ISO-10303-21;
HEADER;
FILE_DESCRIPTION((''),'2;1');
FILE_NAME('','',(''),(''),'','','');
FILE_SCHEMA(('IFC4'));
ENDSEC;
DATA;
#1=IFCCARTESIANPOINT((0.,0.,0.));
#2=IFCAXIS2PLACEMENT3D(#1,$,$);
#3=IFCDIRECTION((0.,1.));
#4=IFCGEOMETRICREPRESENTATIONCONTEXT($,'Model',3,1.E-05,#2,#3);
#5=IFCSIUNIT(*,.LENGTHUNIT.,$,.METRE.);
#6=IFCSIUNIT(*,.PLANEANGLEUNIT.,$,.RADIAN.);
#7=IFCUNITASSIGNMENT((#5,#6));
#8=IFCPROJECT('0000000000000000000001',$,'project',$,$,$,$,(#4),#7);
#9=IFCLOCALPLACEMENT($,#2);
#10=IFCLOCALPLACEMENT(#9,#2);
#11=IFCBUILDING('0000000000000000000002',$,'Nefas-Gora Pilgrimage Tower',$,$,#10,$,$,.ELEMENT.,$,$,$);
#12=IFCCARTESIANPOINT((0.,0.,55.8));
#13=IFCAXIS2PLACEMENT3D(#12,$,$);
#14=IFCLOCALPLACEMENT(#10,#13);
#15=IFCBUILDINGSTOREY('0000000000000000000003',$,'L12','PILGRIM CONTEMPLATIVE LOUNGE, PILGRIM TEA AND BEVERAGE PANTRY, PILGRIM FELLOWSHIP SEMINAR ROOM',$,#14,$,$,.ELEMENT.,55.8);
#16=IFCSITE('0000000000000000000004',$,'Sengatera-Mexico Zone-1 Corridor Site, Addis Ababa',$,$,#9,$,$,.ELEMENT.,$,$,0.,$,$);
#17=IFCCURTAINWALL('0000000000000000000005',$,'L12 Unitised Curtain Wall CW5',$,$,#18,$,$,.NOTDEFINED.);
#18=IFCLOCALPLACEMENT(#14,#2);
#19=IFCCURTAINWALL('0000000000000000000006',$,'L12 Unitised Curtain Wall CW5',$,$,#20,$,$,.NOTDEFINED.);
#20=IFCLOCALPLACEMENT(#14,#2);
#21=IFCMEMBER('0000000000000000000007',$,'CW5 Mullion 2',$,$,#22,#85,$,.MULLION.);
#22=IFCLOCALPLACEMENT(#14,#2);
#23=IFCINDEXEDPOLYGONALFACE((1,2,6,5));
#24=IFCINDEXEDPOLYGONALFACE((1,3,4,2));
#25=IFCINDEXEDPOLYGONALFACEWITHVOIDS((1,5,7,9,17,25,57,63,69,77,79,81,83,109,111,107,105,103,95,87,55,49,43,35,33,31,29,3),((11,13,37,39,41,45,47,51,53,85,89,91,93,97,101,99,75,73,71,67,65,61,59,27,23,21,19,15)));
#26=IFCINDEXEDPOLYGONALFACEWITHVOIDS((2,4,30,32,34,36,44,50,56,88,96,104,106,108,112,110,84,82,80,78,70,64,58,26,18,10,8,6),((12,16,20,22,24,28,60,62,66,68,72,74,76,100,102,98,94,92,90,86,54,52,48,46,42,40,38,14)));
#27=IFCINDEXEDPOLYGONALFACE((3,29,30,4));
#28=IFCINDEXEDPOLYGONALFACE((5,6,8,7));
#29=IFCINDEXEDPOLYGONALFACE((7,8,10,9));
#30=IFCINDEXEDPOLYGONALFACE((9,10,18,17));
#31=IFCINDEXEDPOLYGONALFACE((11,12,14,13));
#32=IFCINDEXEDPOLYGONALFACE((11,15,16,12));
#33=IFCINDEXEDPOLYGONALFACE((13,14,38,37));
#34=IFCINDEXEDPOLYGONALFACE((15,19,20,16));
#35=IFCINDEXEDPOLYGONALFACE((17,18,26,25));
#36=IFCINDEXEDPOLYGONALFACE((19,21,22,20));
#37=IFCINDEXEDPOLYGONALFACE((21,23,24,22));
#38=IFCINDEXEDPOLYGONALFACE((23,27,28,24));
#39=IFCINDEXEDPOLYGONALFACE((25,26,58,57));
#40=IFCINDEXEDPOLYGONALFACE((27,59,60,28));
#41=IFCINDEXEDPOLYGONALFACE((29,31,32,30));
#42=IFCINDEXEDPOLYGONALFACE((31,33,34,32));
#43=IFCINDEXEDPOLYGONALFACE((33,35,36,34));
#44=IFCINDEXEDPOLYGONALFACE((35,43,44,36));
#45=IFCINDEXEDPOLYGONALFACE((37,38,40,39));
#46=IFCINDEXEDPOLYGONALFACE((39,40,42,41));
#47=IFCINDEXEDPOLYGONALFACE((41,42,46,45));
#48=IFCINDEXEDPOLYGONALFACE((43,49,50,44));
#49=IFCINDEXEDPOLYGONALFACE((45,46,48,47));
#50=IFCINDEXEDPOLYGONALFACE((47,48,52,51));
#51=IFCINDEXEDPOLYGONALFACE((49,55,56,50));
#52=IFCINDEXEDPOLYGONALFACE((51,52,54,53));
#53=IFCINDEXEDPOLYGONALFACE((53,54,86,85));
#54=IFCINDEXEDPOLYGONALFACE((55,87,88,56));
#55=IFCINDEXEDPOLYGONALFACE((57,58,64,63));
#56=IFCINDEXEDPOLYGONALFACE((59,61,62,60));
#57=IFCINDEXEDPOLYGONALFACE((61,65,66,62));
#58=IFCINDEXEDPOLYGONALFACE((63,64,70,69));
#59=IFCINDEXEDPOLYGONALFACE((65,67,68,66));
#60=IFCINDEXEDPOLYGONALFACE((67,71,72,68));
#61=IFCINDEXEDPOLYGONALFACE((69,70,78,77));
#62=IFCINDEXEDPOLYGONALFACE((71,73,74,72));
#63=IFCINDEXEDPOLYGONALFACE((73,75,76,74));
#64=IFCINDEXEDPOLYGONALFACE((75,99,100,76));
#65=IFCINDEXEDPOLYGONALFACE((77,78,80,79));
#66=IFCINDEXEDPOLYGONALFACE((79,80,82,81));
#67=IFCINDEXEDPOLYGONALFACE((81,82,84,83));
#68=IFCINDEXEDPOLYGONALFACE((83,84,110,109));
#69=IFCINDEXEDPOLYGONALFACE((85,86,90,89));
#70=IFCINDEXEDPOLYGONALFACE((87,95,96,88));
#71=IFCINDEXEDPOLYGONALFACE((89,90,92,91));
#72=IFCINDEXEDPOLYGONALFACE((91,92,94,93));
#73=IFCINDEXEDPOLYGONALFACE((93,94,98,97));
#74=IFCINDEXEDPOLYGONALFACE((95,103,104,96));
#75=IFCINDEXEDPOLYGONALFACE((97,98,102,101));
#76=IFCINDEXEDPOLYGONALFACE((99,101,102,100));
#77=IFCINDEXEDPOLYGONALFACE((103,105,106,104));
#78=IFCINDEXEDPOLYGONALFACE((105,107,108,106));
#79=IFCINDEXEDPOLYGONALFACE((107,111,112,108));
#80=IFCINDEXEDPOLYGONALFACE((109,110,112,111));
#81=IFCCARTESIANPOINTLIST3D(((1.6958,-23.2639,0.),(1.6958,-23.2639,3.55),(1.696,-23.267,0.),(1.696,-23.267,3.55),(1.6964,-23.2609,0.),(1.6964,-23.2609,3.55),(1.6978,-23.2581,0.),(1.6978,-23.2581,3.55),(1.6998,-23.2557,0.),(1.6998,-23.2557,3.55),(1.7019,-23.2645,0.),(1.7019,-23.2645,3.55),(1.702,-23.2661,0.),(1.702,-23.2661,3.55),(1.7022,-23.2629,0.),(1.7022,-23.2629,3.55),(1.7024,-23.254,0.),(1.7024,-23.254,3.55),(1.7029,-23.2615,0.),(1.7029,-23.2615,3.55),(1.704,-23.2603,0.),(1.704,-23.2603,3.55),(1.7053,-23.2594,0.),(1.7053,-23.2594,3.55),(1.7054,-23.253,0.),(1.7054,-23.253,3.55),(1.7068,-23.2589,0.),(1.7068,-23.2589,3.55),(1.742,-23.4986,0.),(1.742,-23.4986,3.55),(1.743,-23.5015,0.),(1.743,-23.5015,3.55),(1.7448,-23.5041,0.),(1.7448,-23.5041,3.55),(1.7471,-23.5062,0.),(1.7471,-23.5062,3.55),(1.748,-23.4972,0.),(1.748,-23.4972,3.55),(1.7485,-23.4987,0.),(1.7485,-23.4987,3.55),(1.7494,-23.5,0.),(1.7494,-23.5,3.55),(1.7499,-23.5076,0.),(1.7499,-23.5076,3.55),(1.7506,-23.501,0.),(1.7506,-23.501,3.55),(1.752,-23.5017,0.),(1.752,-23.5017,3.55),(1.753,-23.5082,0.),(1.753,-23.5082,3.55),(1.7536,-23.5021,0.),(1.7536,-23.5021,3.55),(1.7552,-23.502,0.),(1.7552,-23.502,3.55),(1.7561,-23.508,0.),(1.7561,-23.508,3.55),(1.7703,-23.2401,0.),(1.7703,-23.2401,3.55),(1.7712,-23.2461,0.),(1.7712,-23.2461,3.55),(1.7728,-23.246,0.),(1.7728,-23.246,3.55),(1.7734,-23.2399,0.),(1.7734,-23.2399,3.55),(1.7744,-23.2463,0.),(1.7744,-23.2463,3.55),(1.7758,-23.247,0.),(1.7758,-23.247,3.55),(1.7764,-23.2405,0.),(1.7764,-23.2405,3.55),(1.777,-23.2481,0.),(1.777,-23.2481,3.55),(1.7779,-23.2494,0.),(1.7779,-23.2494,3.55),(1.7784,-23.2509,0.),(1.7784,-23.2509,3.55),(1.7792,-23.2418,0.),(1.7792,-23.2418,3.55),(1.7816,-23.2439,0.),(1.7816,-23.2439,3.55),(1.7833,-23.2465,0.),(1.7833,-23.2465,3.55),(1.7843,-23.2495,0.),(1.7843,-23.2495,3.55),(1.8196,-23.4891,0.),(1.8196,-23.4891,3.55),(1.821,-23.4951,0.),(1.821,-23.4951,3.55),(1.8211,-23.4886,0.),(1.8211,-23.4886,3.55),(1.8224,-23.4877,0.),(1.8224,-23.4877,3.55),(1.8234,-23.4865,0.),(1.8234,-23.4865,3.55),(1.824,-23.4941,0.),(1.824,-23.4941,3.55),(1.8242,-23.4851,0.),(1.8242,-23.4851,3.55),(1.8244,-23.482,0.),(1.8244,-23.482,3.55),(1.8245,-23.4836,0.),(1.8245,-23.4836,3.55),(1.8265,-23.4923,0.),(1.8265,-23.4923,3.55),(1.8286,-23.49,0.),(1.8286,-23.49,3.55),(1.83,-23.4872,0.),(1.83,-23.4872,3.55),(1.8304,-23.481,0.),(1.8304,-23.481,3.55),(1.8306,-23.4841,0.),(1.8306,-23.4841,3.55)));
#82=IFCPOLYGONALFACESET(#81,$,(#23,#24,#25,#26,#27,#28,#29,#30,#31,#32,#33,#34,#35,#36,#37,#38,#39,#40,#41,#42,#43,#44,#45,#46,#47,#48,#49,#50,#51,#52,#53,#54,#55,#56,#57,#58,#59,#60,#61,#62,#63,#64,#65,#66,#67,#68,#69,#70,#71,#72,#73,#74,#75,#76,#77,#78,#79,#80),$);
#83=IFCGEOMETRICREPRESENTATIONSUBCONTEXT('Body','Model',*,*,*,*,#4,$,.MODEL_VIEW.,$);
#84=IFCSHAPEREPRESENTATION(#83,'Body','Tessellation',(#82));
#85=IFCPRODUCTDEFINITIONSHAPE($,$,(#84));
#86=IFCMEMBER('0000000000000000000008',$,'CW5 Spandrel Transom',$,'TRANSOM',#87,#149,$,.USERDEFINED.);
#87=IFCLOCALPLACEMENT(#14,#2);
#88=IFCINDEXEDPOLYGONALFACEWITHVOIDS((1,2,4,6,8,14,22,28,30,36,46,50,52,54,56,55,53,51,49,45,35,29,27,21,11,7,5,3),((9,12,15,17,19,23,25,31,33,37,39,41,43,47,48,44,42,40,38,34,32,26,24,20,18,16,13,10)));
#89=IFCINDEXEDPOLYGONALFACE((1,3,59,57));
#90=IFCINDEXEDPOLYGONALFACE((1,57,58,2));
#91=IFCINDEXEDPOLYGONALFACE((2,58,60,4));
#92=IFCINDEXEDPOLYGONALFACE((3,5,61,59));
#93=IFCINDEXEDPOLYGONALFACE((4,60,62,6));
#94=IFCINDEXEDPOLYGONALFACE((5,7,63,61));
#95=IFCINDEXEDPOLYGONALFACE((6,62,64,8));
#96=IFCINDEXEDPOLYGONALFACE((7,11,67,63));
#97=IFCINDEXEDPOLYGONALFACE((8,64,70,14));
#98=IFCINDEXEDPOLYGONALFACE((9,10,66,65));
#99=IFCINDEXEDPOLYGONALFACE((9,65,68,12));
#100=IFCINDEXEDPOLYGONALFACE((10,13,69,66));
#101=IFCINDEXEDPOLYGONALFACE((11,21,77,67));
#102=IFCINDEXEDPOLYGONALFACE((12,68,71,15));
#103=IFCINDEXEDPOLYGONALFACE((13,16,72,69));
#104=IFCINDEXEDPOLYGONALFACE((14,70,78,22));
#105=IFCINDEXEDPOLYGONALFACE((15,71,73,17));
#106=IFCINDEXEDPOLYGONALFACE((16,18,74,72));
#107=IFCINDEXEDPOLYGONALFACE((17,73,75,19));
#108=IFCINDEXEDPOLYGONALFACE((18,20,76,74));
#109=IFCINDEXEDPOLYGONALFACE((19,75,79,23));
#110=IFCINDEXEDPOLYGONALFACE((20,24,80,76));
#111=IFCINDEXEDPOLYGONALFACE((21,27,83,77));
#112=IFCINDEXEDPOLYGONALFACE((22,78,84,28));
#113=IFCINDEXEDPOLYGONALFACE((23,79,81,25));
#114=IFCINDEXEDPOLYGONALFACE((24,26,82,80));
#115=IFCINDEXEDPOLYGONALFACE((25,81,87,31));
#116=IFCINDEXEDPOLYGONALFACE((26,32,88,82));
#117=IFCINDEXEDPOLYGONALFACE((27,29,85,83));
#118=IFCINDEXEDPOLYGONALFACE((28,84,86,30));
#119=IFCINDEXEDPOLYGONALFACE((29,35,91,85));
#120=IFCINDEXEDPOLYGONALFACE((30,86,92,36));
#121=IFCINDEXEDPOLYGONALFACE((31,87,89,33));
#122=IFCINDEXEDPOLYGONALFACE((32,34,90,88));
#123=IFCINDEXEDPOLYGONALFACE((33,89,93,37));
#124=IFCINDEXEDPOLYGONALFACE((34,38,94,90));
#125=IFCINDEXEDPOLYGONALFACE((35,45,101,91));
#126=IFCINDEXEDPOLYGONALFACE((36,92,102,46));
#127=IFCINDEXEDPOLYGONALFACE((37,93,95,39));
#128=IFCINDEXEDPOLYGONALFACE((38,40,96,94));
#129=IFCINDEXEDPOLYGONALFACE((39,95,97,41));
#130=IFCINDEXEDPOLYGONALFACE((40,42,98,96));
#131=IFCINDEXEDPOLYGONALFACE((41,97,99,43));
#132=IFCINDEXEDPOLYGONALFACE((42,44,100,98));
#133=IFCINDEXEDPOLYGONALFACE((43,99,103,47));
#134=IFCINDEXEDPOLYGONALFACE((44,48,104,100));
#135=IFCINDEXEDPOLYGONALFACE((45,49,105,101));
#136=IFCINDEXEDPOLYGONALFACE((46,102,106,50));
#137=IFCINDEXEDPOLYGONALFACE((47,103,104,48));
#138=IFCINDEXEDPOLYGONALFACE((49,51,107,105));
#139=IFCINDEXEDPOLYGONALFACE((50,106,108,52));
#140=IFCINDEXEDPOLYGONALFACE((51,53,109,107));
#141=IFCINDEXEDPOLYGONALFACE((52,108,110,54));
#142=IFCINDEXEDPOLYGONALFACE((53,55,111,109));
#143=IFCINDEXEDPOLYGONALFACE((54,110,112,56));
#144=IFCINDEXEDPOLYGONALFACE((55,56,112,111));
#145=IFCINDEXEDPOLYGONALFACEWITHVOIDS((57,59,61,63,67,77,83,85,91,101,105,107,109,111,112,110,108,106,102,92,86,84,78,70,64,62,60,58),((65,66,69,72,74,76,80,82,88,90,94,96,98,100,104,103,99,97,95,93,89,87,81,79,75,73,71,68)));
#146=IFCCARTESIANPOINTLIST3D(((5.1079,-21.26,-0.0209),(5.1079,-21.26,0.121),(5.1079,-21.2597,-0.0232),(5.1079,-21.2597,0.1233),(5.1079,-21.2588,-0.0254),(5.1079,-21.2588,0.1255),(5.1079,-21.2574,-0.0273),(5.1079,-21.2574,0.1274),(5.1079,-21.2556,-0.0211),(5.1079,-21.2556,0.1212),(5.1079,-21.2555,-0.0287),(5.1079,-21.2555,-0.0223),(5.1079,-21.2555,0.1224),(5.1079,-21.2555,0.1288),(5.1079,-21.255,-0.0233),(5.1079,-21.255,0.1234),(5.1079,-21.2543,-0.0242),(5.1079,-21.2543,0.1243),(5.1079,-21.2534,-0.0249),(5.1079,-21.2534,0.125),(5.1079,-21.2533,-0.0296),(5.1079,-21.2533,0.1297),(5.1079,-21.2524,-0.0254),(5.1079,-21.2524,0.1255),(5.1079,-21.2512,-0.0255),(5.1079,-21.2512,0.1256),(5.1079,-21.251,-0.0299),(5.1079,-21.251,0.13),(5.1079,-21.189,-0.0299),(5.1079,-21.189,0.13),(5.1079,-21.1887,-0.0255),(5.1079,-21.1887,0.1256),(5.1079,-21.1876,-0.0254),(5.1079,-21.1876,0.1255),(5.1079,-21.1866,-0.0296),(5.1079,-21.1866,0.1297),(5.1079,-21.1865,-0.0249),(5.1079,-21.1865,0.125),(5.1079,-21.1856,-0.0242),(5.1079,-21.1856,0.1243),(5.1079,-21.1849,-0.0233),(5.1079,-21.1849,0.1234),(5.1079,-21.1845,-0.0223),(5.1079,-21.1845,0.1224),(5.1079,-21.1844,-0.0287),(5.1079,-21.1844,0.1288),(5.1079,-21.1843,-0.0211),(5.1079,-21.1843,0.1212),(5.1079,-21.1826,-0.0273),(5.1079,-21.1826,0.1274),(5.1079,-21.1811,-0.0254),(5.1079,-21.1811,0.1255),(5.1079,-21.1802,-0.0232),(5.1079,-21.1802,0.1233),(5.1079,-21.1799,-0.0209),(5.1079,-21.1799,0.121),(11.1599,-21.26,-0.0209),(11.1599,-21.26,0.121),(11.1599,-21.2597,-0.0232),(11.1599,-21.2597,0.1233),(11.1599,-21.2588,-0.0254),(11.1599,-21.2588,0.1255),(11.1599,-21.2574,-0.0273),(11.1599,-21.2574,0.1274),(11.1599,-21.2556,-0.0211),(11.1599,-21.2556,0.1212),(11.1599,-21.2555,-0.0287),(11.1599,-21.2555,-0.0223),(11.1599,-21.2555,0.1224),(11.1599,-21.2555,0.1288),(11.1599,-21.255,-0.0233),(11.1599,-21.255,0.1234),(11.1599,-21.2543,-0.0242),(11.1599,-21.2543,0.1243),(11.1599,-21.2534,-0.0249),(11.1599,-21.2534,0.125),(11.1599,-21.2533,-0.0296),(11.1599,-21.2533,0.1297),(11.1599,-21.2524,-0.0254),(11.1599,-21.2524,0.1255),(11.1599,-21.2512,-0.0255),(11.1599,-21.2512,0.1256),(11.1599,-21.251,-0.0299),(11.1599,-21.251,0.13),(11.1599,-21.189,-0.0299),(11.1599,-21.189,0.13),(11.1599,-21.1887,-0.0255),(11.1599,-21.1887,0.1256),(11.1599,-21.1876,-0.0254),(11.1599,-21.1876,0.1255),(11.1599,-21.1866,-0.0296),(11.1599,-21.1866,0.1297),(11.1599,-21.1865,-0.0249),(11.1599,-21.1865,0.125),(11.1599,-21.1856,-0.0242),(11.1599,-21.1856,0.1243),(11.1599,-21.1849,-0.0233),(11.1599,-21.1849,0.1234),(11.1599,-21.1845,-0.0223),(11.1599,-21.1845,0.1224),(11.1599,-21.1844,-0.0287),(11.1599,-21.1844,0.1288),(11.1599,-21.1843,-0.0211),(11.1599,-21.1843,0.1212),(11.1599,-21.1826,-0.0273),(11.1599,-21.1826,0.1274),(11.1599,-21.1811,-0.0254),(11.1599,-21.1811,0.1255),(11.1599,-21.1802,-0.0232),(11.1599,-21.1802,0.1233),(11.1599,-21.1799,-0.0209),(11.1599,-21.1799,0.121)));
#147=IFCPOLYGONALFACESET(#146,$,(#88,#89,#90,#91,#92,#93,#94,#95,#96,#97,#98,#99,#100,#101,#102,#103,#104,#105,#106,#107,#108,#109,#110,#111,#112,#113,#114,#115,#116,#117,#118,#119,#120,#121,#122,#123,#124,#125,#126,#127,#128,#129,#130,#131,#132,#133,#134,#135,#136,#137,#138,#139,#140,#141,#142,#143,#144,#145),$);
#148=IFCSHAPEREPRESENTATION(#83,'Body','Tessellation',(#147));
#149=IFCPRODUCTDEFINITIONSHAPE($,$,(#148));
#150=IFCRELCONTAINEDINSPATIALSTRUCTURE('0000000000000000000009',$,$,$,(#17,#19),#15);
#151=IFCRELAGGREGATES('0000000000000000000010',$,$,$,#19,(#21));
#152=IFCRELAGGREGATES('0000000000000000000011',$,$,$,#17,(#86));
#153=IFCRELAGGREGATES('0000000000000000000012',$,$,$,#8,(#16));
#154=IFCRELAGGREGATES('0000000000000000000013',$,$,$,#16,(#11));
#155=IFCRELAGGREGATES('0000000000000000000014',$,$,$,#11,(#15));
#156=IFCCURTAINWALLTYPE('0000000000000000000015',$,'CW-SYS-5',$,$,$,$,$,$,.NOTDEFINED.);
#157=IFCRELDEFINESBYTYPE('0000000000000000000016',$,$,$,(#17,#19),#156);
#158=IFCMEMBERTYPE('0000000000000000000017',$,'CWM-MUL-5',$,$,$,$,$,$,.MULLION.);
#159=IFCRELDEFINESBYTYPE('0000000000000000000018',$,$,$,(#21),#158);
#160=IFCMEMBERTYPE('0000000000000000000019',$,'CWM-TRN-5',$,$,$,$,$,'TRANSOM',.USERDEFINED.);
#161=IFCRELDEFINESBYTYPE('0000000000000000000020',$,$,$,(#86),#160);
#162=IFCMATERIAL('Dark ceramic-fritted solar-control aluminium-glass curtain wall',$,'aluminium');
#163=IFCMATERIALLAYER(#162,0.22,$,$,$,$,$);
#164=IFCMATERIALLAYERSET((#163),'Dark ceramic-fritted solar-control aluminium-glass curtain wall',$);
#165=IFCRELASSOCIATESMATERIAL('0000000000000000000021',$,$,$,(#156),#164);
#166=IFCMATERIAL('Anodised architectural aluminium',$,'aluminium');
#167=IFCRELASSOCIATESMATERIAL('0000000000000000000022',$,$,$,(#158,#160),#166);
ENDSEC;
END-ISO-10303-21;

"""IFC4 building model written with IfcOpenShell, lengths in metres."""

from ifc_helpers import new_model, si_unit, direction, frame, origin, origin_2d, place, context, subcontext, project, spatial, hollow_rectangle, extrude, source, transform, mapped, material, layer, layer_set, material_profile, profile_set, type_object, element, aggregate, save


model = new_model("IFC4")

# Units and contexts
model_context = context("Model", 3, precision=1e-05, world=origin(), true_north=direction((0.0, 1.0)))
body_context = subcontext(model_context, "Body", "Model", "MODEL_VIEW")
ifc_project = project(units=[si_unit("LENGTHUNIT", "METRE"), si_unit("PLANEANGLEUNIT", "RADIAN")], contexts=[model_context])

# Site, building, storey
site_placement = place(None, origin())
site = spatial("IfcSite", under=ifc_project, at=site_placement, Name="Sengatera-Mexico Zone-1 Corridor Site, Addis Ababa", CompositionType="ELEMENT", RefElevation=0.0)
building_placement = place(site_placement, origin())
building = spatial("IfcBuilding", under=site, at=building_placement, Name="Nefas-Gora Pilgrimage Tower", CompositionType="ELEMENT")
storey_placement = place(building_placement, frame((0.0, 0.0, 55.8)))
storey = spatial("IfcBuildingStorey", under=building, at=storey_placement, Name="L12", Description="PILGRIM CONTEMPLATIVE LOUNGE, PILGRIM TEA AND BEVERAGE PANTRY, PILGRIM FELLOWSHIP SEMINAR ROOM", CompositionType="ELEMENT", Elevation=55.8)

# Curtain wall
ifc_material_1 = material(Name="Dark ceramic-fritted solar-control aluminium-glass curtain wall", Category="aluminium")
ifc_layer_1 = layer(ifc_material_1, 0.22)
ifc_layer_set_1 = layer_set([ifc_layer_1], Name="Dark ceramic-fritted solar-control aluminium-glass curtain wall")
curtain_wall_type_1 = type_object("IfcCurtainWallType", Name="CW-SYS-5", PredefinedType="NOTDEFINED", material=ifc_layer_set_1)
curtain_wall_1_placement = place(storey_placement, origin())
curtain_wall_1 = element("IfcCurtainWall", 1, at=curtain_wall_1_placement, inside=storey, type_object=curtain_wall_type_1, Name="L12 Unitised Curtain Wall CW5", PredefinedType="NOTDEFINED")
ifc_material_2 = material(Name="Anodised architectural aluminium", Category="aluminium")
ifc_material_profile_1 = material_profile(ifc_material_2, hollow_rectangle(XDim=0.0901, YDim=0.26, WallThickness=0.0061, InnerFilletRadius=0.0061, OuterFilletRadius=0.012, at=origin_2d()), Name="ALU MULLION 90x260")
ifc_profile_set_1 = profile_set([ifc_material_profile_1], Name="Anodised architectural aluminium")
member_type_1 = type_object("IfcMemberType", Name="CWM-MUL-5", PredefinedType="MULLION", material=ifc_profile_set_1)
shared_shape_1 = source(origin(), body_context, "Body", "SweptSolid", [
    extrude(hollow_rectangle(XDim=0.0901, YDim=0.26, WallThickness=0.0061, InnerFilletRadius=0.0061, OuterFilletRadius=0.012, at=origin_2d()), origin(), (0.0, 0.0, 1.0), 3.55),
])

# Curtain wall, member
curtain_wall_2_placement = place(storey_placement, origin())
curtain_wall_2 = element("IfcCurtainWall", 2, at=curtain_wall_2_placement, inside=storey, type_object=curtain_wall_type_1, Name="L12 Unitised Curtain Wall CW5", PredefinedType="NOTDEFINED")
member_1_placement = place(storey_placement, frame((1.7632, -23.374, 0.0), z_axis=(0.0, 0.0, 1.0), x_axis=(0.980783, 0.195102, 0.0)))
member_1 = element("IfcMember", 3, at=member_1_placement, type_object=member_type_1, Name="CW5 Mullion 2", PredefinedType="MULLION", context=body_context, shape_type="MappedRepresentation", body=[
    mapped(shared_shape_1, transform((0.0, 0.0, 0.0), x_axis=(1.0, 0.0, 0.0), y_axis=(0.0, 1.0, 0.0), z_axis=(0.0, 0.0, 1.0), scale=1.0)),
])
aggregate(curtain_wall_2, [member_1])

# Member
ifc_material_profile_2 = material_profile(ifc_material_2, hollow_rectangle(XDim=0.0801, YDim=0.1599, WallThickness=0.0044, InnerFilletRadius=0.0044, OuterFilletRadius=0.009, at=origin_2d()), Name="ALU TRANSOM 80x160")
ifc_profile_set_2 = profile_set([ifc_material_profile_2], Name="Anodised architectural aluminium")
member_type_2 = type_object("IfcMemberType", Name="CWM-TRN-5", ElementType="TRANSOM", PredefinedType="USERDEFINED", material=ifc_profile_set_2)
shared_shape_2 = source(origin(), body_context, "Body", "SweptSolid", [
    extrude(hollow_rectangle(XDim=0.0801, YDim=0.1599, WallThickness=0.0044, InnerFilletRadius=0.0044, OuterFilletRadius=0.009, at=origin_2d()), origin(), (0.0, 0.0, 1.0), 6.052),
])
member_2_placement = place(storey_placement, frame((5.1079, -21.22, 0.05), z_axis=(1.0, 0.0, 0.0), x_axis=(0.0, 1.0, 0.0)))
member_2 = element("IfcMember", 4, at=member_2_placement, type_object=member_type_2, Name="CW5 Spandrel Transom", ObjectType="TRANSOM", PredefinedType="USERDEFINED", context=body_context, shape_type="MappedRepresentation", body=[
    mapped(shared_shape_2, transform((0.0, 0.0, 0.0), x_axis=(1.0, 0.0, 0.0), y_axis=(0.0, 1.0, 0.0), z_axis=(0.0, 0.0, 1.0), scale=1.0)),
])

aggregate(curtain_wall_1, [member_2])

save(model, "model.ifc")
